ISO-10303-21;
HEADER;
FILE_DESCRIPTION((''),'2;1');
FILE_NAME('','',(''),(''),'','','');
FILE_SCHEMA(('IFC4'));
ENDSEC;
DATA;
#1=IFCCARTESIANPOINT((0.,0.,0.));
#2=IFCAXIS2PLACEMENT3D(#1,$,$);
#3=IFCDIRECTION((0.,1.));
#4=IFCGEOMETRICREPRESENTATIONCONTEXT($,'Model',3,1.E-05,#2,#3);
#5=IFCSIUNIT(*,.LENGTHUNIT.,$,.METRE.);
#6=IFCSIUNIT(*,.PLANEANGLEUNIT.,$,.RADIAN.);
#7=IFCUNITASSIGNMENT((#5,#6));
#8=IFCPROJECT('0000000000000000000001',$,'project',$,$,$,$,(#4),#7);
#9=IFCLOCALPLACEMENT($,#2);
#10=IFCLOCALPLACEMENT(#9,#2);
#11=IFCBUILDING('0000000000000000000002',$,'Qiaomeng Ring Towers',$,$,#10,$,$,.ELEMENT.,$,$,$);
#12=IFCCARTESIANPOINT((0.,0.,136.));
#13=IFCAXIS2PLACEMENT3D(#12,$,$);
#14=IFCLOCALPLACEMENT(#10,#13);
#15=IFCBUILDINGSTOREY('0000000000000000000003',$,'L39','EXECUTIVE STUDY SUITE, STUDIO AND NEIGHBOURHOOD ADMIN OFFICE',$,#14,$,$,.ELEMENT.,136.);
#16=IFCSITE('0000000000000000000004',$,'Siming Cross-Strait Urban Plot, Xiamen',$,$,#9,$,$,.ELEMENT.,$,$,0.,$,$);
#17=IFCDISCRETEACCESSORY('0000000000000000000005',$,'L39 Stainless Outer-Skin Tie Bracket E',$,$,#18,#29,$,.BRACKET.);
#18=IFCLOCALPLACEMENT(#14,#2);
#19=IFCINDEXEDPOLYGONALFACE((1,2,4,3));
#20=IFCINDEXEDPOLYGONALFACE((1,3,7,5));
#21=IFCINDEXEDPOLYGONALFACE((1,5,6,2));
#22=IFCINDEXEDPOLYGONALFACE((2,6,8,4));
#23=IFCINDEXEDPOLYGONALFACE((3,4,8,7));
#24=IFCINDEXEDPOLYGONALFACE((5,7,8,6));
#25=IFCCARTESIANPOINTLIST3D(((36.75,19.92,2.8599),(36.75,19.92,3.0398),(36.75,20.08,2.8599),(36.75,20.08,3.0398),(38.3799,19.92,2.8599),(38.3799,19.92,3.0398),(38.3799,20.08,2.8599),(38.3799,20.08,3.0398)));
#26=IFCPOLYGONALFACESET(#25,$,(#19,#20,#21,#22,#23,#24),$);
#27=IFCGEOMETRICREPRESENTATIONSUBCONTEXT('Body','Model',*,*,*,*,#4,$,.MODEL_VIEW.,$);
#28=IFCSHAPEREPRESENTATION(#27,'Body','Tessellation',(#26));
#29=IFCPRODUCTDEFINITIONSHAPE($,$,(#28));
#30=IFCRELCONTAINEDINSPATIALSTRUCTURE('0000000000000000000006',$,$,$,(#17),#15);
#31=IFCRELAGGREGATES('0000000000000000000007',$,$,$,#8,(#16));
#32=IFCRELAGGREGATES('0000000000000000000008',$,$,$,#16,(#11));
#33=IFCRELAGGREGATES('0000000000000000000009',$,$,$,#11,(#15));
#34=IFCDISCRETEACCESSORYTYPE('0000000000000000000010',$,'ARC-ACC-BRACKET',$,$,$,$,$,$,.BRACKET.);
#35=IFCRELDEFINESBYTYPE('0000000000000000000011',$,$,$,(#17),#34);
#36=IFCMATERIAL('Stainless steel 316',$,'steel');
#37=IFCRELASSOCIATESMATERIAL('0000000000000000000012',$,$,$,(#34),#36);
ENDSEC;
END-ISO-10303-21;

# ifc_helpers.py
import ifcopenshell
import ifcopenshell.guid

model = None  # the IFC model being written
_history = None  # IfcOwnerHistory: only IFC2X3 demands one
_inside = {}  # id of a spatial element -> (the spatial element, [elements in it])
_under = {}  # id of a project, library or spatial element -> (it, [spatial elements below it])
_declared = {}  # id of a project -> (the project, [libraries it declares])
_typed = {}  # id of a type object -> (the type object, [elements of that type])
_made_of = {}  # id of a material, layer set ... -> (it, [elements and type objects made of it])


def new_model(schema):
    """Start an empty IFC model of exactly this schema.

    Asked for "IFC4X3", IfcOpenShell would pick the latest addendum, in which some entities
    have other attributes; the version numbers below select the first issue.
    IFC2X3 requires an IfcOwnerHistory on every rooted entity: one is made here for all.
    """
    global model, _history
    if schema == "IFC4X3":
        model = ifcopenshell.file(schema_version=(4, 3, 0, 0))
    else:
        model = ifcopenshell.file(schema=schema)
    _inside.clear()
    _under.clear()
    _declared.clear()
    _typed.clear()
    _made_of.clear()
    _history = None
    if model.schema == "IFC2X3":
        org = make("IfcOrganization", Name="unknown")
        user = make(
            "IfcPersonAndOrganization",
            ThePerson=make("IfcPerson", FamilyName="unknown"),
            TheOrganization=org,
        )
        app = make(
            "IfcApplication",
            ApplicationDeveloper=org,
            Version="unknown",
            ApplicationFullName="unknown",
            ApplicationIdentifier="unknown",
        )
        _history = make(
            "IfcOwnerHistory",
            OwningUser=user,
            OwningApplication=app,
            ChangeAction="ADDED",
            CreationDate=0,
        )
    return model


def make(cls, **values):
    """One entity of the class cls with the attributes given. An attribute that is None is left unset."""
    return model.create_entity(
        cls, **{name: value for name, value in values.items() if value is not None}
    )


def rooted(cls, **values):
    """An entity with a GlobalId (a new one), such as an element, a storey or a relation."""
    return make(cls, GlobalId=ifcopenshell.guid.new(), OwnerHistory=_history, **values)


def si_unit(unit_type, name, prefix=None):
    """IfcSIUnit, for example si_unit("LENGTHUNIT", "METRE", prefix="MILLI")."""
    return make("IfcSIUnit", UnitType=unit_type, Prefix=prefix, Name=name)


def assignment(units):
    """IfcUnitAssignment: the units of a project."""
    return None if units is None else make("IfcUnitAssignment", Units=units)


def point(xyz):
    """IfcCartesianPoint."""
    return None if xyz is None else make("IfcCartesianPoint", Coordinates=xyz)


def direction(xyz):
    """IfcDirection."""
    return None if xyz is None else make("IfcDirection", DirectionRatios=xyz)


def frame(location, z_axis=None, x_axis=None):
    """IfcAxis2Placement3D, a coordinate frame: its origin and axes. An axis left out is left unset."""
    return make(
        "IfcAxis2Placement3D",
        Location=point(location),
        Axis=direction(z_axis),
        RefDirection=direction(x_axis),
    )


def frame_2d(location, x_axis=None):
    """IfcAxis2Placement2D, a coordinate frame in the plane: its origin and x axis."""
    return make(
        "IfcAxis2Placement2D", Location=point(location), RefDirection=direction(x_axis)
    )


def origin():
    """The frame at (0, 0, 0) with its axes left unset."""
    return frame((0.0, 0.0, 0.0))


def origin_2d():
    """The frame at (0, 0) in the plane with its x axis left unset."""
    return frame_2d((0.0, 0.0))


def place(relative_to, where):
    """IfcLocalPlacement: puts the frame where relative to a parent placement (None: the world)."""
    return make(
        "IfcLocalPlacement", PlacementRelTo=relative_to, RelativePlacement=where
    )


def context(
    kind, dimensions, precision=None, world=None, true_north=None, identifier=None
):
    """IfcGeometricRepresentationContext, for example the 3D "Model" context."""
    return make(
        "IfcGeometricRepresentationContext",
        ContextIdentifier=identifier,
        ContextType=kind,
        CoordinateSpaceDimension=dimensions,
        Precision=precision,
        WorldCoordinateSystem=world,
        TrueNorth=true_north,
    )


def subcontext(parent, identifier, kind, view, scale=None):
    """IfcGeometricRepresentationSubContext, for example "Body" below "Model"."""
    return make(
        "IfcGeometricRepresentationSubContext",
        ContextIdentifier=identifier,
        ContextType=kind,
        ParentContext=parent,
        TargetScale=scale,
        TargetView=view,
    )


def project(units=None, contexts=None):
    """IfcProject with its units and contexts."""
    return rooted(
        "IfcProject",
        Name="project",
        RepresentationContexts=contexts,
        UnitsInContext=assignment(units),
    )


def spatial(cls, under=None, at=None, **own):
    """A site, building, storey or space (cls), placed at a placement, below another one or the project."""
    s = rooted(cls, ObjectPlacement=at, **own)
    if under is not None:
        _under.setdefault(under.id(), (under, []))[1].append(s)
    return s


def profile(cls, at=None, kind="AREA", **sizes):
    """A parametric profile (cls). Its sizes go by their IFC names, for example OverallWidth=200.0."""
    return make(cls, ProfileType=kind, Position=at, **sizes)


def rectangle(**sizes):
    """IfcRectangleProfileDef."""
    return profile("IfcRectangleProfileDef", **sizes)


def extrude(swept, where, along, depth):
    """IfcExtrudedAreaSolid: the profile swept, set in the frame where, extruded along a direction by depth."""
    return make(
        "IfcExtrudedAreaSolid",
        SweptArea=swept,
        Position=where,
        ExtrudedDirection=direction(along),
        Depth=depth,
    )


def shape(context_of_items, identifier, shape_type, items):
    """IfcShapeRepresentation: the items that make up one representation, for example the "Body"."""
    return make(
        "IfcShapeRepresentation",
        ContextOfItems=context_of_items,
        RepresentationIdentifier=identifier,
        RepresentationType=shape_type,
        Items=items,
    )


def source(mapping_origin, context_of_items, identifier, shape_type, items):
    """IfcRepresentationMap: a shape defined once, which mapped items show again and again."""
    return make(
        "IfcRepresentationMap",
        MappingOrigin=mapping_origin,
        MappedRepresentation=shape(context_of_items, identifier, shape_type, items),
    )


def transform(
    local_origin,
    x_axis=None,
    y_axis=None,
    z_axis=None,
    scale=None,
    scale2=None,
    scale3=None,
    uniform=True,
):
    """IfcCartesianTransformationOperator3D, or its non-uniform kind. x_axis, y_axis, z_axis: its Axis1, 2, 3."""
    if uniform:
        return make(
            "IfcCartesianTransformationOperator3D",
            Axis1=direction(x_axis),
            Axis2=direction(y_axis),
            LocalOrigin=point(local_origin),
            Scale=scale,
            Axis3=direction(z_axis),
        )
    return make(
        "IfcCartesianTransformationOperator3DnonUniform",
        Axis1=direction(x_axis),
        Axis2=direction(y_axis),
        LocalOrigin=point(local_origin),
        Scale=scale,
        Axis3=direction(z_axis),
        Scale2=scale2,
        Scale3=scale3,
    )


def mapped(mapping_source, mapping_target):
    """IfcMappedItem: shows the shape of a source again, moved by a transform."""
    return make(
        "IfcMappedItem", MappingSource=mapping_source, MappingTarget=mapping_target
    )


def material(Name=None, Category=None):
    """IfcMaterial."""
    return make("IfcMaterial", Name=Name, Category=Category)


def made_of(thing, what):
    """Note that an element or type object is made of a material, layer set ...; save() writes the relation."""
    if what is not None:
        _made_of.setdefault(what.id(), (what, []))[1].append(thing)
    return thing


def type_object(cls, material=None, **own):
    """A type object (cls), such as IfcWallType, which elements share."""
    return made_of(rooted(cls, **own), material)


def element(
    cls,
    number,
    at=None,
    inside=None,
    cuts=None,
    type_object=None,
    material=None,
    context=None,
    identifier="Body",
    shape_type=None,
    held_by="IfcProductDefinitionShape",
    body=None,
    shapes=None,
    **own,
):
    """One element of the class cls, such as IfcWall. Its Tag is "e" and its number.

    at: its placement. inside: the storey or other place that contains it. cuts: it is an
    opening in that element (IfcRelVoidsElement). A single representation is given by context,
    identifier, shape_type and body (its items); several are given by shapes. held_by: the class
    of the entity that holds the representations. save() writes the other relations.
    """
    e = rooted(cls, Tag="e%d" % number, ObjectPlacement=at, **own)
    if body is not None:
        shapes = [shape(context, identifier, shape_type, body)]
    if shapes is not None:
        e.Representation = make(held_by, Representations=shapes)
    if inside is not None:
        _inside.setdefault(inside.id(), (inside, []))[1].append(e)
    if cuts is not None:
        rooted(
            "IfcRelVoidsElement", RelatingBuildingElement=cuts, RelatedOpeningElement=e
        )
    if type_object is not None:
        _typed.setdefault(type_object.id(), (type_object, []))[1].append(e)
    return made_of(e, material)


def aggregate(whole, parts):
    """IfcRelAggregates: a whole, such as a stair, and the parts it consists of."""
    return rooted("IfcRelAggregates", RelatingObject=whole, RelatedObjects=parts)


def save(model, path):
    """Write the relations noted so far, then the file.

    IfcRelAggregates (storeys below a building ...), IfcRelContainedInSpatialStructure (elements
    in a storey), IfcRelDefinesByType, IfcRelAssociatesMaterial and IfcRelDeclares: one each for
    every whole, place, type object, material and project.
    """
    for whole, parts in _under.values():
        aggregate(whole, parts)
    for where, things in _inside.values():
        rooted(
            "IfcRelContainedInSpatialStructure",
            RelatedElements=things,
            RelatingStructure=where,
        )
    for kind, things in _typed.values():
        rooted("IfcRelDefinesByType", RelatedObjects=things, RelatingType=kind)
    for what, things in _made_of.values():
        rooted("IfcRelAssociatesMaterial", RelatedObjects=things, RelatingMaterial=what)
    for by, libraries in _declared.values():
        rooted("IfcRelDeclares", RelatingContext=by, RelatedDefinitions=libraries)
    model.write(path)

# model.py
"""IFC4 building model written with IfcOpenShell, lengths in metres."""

from ifc_helpers import new_model, si_unit, direction, frame, origin, origin_2d, place, context, subcontext, project, spatial, rectangle, extrude, source, transform, mapped, material, type_object, element, save


model = new_model("IFC4")

# Units and contexts
model_context = context("Model", 3, precision=1e-05, world=origin(), true_north=direction((0.0, 1.0)))
body_context = subcontext(model_context, "Body", "Model", "MODEL_VIEW")
ifc_project = project(units=[si_unit("LENGTHUNIT", "METRE"), si_unit("PLANEANGLEUNIT", "RADIAN")], contexts=[model_context])

# Site, building, storey
site_placement = place(None, origin())
site = spatial("IfcSite", under=ifc_project, at=site_placement, Name="Siming Cross-Strait Urban Plot, Xiamen", CompositionType="ELEMENT", RefElevation=0.0)
building_placement = place(site_placement, origin())
building = spatial("IfcBuilding", under=site, at=building_placement, Name="Qiaomeng Ring Towers", CompositionType="ELEMENT")
storey_placement = place(building_placement, frame((0.0, 0.0, 136.0)))
storey = spatial("IfcBuildingStorey", under=building, at=storey_placement, Name="L39", Description="EXECUTIVE STUDY SUITE, STUDIO AND NEIGHBOURHOOD ADMIN OFFICE", CompositionType="ELEMENT", Elevation=136.0)

# Shared definitions
ifc_material_1 = material(Name="Stainless steel 316", Category="steel")

# Discrete accessory
discrete_accessory_type = type_object("IfcDiscreteAccessoryType", Name="ARC-ACC-BRACKET", PredefinedType="BRACKET", material=ifc_material_1)
shared_shape_1 = source(origin(), body_context, "Body", "SweptSolid", [
    extrude(rectangle(XDim=1.6299, YDim=0.1599, at=origin_2d()), origin(), (0.0, 0.0, 1.0), 0.1799),
])
discrete_accessory_placement = place(storey_placement, frame((37.5649, 20.0, 2.8599), z_axis=(0.0, 0.0, 1.0), x_axis=(1.0, 0.0, 0.0)))
element("IfcDiscreteAccessory", 1, at=discrete_accessory_placement, inside=storey, type_object=discrete_accessory_type, Name="L39 Stainless Outer-Skin Tie Bracket E", PredefinedType="BRACKET", context=body_context, shape_type="MappedRepresentation", body=[
    mapped(shared_shape_1, transform((0.0, 0.0, 0.0), x_axis=(1.0, 0.0, 0.0), y_axis=(0.0, 1.0, 0.0), z_axis=(0.0, 0.0, 1.0), scale=1.0)),
])

save(model, "model.ifc")
